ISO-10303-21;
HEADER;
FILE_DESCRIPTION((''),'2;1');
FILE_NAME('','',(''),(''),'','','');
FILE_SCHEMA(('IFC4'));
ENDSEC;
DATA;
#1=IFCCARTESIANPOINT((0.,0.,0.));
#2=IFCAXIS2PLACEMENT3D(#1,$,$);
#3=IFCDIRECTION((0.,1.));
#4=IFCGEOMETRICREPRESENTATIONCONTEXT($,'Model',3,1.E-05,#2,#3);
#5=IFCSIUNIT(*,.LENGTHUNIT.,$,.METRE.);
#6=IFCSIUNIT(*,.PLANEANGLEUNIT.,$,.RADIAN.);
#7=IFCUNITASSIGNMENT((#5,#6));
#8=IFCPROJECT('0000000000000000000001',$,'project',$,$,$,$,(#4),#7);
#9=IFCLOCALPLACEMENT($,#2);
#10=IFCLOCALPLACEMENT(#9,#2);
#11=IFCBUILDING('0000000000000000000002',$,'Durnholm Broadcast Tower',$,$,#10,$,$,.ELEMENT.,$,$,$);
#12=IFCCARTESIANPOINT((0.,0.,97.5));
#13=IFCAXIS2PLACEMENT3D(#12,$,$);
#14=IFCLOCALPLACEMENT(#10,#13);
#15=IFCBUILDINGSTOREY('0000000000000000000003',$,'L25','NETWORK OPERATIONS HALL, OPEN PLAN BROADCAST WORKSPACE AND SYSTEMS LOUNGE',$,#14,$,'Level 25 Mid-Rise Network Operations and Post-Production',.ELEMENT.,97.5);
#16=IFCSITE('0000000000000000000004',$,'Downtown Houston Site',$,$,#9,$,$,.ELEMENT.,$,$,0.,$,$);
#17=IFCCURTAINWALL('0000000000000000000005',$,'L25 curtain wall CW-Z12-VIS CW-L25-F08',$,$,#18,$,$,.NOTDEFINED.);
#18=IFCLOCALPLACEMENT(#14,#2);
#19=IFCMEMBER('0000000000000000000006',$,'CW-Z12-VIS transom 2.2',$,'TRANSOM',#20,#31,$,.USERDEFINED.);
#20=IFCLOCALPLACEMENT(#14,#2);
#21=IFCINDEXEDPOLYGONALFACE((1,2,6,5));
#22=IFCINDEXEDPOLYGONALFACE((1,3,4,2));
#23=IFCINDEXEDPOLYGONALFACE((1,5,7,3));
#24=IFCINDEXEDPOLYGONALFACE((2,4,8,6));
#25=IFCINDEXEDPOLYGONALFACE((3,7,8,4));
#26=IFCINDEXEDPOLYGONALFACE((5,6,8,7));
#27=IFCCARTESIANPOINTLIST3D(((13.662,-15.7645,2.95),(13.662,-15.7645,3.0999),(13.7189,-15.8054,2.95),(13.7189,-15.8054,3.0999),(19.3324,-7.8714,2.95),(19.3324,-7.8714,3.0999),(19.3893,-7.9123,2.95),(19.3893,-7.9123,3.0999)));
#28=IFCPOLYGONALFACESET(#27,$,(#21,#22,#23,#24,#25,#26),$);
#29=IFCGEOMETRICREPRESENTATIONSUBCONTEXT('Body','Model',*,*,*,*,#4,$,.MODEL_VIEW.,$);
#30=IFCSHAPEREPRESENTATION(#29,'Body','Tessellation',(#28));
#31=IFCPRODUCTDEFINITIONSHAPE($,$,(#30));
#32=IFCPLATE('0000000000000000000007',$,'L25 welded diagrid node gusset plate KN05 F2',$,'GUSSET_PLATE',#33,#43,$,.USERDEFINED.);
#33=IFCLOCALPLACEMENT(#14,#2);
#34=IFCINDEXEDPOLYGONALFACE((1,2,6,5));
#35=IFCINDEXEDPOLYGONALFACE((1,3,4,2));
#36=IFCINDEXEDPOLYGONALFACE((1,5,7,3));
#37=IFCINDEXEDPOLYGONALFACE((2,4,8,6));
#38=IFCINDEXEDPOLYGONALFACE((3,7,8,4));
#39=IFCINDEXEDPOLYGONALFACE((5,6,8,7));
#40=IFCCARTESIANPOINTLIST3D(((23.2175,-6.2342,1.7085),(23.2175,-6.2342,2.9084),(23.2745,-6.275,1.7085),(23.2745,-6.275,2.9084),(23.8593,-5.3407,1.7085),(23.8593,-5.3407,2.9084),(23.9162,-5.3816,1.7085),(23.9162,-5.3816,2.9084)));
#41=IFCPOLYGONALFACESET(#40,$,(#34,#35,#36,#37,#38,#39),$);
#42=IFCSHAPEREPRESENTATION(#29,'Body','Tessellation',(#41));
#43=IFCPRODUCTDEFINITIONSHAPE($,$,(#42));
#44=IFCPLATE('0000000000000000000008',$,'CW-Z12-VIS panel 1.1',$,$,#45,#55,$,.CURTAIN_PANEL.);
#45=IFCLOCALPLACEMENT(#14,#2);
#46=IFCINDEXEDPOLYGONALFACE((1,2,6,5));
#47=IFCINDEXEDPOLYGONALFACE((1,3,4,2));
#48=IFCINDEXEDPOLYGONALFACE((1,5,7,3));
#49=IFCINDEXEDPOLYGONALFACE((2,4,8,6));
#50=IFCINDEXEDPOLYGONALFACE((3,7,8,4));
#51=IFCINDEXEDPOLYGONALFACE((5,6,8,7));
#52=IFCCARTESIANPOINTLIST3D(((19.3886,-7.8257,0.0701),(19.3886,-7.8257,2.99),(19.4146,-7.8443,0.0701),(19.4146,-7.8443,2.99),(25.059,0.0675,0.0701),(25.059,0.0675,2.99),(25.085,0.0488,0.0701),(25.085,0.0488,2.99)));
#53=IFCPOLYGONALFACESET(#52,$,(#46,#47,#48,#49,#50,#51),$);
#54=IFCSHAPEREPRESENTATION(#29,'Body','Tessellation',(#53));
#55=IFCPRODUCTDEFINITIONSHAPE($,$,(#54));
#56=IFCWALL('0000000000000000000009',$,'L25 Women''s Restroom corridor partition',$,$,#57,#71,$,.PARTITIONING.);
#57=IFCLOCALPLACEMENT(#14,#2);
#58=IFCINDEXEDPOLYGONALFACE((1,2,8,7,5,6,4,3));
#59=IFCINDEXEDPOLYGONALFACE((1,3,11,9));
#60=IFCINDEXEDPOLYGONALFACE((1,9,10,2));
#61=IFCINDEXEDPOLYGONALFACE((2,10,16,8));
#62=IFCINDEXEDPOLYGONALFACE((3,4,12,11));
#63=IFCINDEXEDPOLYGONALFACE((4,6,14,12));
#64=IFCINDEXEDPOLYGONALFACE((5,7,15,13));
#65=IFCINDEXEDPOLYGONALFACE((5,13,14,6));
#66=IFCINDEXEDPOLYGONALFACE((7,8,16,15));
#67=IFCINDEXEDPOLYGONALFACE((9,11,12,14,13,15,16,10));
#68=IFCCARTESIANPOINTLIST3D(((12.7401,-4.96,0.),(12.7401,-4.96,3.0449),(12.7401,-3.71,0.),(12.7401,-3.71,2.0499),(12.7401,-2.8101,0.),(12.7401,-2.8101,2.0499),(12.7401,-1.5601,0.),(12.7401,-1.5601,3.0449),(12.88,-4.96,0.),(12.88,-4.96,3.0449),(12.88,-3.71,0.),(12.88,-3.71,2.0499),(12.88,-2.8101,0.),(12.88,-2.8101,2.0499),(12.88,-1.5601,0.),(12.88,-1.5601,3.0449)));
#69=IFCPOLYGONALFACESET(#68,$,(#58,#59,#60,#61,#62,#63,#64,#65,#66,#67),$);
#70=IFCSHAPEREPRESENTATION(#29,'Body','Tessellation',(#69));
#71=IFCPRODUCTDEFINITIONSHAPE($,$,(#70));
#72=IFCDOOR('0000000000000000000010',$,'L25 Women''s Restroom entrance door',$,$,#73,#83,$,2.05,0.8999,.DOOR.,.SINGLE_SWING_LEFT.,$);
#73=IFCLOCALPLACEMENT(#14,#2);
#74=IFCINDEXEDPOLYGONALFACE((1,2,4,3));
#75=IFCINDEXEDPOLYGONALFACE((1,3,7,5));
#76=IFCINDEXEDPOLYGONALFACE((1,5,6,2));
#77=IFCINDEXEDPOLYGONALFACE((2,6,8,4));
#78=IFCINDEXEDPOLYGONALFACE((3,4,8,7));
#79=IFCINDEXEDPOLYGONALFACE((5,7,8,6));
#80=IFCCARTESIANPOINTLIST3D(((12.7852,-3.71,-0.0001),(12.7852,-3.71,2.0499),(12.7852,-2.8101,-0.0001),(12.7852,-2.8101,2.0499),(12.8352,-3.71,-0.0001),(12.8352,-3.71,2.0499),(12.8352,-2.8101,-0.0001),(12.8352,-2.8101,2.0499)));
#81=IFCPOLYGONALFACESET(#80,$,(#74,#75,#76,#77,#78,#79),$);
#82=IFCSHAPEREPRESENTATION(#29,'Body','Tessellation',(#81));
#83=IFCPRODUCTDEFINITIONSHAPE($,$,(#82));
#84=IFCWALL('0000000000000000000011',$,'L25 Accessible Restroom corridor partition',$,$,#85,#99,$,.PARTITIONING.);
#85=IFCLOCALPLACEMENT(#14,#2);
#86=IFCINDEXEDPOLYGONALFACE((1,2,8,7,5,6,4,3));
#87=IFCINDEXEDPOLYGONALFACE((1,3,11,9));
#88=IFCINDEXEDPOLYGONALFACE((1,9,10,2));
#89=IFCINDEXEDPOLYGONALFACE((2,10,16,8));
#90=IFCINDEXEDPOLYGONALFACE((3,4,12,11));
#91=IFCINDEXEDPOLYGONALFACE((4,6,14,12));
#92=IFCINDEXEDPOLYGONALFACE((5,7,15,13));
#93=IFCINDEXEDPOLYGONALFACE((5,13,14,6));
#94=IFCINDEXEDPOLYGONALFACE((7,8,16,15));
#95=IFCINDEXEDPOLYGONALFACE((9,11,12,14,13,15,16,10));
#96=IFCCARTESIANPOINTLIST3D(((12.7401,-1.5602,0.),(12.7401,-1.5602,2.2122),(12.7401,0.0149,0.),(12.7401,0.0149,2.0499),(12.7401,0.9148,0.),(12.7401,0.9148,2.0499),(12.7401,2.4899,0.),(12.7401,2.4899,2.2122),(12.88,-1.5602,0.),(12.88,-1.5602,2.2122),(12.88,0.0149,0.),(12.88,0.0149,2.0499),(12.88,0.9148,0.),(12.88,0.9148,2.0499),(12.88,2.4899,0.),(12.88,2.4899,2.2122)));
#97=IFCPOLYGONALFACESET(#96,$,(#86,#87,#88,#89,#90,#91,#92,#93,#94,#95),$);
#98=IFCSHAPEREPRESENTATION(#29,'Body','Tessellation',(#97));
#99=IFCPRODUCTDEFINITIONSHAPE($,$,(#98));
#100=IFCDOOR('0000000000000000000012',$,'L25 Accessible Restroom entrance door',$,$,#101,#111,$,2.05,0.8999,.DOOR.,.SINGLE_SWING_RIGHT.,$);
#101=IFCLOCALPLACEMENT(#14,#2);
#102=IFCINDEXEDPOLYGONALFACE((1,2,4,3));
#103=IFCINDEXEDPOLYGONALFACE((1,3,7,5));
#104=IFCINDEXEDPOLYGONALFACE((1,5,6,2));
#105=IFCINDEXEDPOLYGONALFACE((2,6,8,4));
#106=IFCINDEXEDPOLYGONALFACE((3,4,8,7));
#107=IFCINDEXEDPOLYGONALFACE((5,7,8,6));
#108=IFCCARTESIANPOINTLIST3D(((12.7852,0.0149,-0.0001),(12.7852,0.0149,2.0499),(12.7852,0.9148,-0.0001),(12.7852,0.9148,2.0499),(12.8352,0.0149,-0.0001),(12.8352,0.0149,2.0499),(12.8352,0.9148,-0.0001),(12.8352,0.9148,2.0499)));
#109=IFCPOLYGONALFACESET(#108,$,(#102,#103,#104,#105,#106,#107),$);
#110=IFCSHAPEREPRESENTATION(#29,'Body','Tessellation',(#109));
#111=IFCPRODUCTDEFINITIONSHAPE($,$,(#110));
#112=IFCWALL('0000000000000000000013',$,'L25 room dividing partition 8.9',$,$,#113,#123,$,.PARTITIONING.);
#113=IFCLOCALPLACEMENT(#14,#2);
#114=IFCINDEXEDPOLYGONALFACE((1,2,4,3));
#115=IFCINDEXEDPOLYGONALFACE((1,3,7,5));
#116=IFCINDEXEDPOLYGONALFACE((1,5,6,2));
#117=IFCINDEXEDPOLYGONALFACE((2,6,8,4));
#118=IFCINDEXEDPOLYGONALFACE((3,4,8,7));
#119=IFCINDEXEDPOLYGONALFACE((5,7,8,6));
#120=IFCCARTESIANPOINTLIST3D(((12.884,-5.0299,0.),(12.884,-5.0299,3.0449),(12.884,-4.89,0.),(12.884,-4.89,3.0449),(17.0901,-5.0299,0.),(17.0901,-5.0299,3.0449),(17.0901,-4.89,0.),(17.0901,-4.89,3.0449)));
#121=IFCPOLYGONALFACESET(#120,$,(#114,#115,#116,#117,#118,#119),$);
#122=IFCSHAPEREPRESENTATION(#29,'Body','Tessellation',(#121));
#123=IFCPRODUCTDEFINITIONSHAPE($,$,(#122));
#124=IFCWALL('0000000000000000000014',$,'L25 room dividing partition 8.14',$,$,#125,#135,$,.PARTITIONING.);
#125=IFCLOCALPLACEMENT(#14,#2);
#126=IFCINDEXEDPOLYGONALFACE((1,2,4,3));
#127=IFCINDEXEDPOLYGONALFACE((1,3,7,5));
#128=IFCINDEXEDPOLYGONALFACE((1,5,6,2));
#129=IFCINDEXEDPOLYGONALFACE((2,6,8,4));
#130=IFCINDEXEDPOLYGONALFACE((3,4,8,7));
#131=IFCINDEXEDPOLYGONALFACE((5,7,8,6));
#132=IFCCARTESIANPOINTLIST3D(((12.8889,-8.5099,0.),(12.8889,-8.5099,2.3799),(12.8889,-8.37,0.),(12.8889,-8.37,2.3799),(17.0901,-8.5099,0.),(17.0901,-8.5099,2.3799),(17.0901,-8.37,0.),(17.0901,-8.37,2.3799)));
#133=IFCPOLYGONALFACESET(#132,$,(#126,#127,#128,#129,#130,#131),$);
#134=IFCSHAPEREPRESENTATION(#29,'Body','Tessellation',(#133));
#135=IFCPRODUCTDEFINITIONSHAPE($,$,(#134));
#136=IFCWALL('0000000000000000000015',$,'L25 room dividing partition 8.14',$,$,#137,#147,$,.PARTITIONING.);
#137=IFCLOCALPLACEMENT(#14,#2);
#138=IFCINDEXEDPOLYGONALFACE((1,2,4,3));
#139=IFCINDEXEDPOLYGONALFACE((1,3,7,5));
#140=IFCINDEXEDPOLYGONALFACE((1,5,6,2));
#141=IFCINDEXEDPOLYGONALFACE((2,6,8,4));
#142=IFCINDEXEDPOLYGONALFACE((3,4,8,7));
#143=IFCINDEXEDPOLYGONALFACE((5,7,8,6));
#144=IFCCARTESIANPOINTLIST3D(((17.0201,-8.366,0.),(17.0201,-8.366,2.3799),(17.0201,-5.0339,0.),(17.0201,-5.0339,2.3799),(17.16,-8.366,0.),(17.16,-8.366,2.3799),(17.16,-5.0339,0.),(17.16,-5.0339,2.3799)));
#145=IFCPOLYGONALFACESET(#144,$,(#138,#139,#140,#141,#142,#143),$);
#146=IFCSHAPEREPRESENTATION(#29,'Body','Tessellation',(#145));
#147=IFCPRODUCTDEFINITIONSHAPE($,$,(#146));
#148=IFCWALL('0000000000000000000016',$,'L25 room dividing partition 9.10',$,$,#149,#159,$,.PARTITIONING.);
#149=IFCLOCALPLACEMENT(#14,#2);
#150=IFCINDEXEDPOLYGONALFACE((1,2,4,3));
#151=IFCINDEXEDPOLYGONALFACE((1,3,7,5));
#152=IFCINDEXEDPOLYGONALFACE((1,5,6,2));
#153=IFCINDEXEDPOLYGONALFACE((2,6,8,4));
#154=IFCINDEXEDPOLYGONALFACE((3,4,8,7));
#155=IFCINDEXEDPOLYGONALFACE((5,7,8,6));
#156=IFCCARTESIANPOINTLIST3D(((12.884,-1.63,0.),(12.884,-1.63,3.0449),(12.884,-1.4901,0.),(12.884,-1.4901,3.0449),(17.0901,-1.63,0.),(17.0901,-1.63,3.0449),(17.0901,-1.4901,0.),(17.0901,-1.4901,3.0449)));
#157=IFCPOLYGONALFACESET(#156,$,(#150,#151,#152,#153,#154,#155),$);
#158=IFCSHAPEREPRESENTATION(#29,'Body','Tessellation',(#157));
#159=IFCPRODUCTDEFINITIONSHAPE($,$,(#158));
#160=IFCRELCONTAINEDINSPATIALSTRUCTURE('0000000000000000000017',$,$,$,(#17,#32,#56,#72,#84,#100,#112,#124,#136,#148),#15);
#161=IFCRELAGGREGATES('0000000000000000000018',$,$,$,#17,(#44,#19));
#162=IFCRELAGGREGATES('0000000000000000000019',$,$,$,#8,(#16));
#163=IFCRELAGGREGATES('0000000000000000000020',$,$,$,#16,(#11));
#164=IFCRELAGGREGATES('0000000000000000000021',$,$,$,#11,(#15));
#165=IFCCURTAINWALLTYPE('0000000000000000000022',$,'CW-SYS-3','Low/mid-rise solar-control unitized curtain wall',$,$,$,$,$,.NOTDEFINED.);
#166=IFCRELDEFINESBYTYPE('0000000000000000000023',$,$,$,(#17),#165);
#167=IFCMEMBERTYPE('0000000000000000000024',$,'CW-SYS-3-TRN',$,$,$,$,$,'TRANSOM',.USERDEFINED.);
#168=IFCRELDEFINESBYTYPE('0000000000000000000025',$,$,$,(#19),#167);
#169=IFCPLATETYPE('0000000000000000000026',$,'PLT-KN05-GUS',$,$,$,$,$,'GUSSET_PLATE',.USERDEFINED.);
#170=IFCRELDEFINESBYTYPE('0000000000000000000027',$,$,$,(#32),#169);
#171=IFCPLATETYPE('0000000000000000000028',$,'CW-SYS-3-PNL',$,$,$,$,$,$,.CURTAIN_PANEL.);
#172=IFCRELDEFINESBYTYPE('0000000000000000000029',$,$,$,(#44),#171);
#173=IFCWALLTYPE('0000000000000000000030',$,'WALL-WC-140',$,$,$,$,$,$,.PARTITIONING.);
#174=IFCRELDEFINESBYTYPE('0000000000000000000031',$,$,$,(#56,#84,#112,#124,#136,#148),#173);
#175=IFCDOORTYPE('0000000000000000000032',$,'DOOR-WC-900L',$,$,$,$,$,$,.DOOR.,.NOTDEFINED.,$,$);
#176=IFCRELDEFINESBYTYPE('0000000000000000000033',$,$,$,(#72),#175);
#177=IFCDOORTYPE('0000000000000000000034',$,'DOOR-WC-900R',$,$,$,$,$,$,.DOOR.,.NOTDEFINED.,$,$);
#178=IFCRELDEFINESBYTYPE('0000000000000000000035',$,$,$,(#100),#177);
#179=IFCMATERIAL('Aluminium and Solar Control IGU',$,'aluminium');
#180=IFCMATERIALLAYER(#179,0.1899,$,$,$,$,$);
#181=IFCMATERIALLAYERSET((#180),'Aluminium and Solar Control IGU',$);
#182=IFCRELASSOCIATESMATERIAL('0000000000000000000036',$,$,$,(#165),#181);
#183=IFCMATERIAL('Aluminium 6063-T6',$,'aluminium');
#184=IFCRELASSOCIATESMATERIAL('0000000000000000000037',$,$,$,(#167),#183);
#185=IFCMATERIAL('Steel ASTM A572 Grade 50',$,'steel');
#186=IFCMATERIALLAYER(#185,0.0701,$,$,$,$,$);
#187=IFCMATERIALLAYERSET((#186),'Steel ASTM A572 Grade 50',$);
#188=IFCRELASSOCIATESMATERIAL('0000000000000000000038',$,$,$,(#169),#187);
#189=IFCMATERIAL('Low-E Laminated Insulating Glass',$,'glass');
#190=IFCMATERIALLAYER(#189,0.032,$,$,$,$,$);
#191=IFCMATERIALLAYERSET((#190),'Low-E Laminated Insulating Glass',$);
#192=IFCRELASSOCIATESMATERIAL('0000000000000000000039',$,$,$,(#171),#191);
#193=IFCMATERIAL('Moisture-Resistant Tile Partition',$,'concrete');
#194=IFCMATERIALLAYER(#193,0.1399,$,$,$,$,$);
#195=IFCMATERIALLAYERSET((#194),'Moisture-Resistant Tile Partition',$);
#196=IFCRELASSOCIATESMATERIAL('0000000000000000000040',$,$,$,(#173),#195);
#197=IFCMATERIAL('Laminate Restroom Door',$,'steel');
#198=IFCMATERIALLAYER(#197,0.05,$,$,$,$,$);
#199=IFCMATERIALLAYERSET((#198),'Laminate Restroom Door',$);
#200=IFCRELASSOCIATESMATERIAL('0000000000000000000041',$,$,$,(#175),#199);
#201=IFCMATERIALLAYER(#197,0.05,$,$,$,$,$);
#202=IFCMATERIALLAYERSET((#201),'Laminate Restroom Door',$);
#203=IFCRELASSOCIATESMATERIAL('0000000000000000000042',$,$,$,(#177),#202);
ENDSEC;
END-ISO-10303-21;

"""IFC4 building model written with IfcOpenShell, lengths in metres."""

from ifc_helpers import new_model, si_unit, direction, frame, frame_2d, origin, origin_2d, place, context, subcontext, project, spatial, rectangle, extrude, source, transform, mapped, material, layer, layer_set, material_profile, profile_set, type_object, type_shapes, element, fill, aggregate, save


model = new_model("IFC4")

# Units and contexts
model_context = context("Model", 3, precision=1e-05, world=origin(), true_north=direction((0.0, 1.0)))
body_context = subcontext(model_context, "Body", "Model", "MODEL_VIEW")
ifc_project = project(units=[si_unit("LENGTHUNIT", "METRE"), si_unit("PLANEANGLEUNIT", "RADIAN")], contexts=[model_context])

# Site, building, storey
site_placement = place(None, origin())
site = spatial("IfcSite", under=ifc_project, at=site_placement, Name="Downtown Houston Site", CompositionType="ELEMENT", RefElevation=0.0)
building_placement = place(site_placement, origin())
building = spatial("IfcBuilding", under=site, at=building_placement, Name="Durnholm Broadcast Tower", CompositionType="ELEMENT")
storey_placement = place(building_placement, frame((0.0, 0.0, 97.5)))
storey = spatial("IfcBuildingStorey", under=building, at=storey_placement, Name="L25", Description="NETWORK OPERATIONS HALL, OPEN PLAN BROADCAST WORKSPACE AND SYSTEMS LOUNGE", LongName="Level 25 Mid-Rise Network Operations and Post-Production", CompositionType="ELEMENT", Elevation=97.5)

# Shared definitions
ifc_material_1 = material(Name="Aluminium and Solar Control IGU", Category="aluminium")
ifc_material_2 = material(Name="Aluminium 6063-T6", Category="aluminium")

# Curtain wall, member
ifc_layer_1 = layer(ifc_material_1, 0.1899)
ifc_layer_set_1 = layer_set([ifc_layer_1], Name="Aluminium and Solar Control IGU")
curtain_wall_type_1 = type_object("IfcCurtainWallType", Name="CW-SYS-3", Description="Low/mid-rise solar-control unitized curtain wall", PredefinedType="NOTDEFINED", material=ifc_layer_set_1)
curtain_wall_1_placement = place(storey_placement, origin())
curtain_wall_1 = element("IfcCurtainWall", 1, at=curtain_wall_1_placement, inside=storey, type_object=curtain_wall_type_1, Name="L25 curtain wall CW-Z12-VIS CW-L25-F08", PredefinedType="NOTDEFINED")
ifc_material_profile_1 = material_profile(ifc_material_2, rectangle(XDim=0.0701, YDim=0.1499, at=origin_2d()), Name="CWT70X150")
ifc_profile_set_1 = profile_set([ifc_material_profile_1], Name="Aluminium 6063-T6")
member_type_1 = type_object("IfcMemberType", Name="CW-SYS-3-TRN", ElementType="TRANSOM", PredefinedType="USERDEFINED", material=ifc_profile_set_1)
shared_shape_1 = source(origin(), body_context, "Body", "SweptSolid", [
    extrude(rectangle(XDim=0.0701, YDim=0.1499, at=origin_2d()), origin(), (0.0, 0.0, 1.0), 9.7188),
])
type_shapes(member_type_1, [shared_shape_1])
member_1_placement = place(storey_placement, frame((19.3608, -7.8918, 3.0249), z_axis=(-0.583451, -0.812149, 0.0), x_axis=(0.812149, -0.583451, 0.0)))
member_1 = element("IfcMember", 2, at=member_1_placement, type_object=member_type_1, Name="CW-Z12-VIS transom 2.2", ObjectType="TRANSOM", PredefinedType="USERDEFINED", context=body_context, shape_type="MappedRepresentation", body=[
    mapped(shared_shape_1, transform((0.0, 0.0, 0.0), x_axis=(1.0, 0.0, 0.0), y_axis=(0.0, 1.0, 0.0), z_axis=(0.0, 0.0, 1.0), scale=1.0)),
])

# Plates
ifc_material_3 = material(Name="Steel ASTM A572 Grade 50", Category="steel")
ifc_layer_2 = layer(ifc_material_3, 0.0701)
ifc_layer_set_2 = layer_set([ifc_layer_2], Name="Steel ASTM A572 Grade 50")
plate_type_1 = type_object("IfcPlateType", Name="PLT-KN05-GUS", ElementType="GUSSET_PLATE", PredefinedType="USERDEFINED", material=ifc_layer_set_2)
shared_shape_2 = source(origin(), body_context, "Body", "SweptSolid", [
    extrude(rectangle(XDim=1.1001, YDim=0.0701, at=origin_2d()), origin(), (0.0, 0.0, 1.0), 1.2),
])
type_shapes(plate_type_1, [shared_shape_2])
plate_1_placement = place(storey_placement, frame((23.5669, -5.8079, 1.7085), z_axis=(0.0, 0.0, 1.0), x_axis=(0.583399, 0.812185, 0.0)))
element("IfcPlate", 3, at=plate_1_placement, inside=storey, type_object=plate_type_1, Name="L25 welded diagrid node gusset plate KN05 F2", ObjectType="GUSSET_PLATE", PredefinedType="USERDEFINED", context=body_context, shape_type="MappedRepresentation", body=[
    mapped(shared_shape_2, transform((0.0, 0.0, 0.0), x_axis=(1.0, 0.0, 0.0), y_axis=(0.0, 1.0, 0.0), z_axis=(0.0, 0.0, 1.0), scale=1.0)),
])
ifc_material_4 = material(Name="Low-E Laminated Insulating Glass", Category="glass")
ifc_layer_3 = layer(ifc_material_4, 0.032)
ifc_layer_set_3 = layer_set([ifc_layer_3], Name="Low-E Laminated Insulating Glass")
plate_type_2 = type_object("IfcPlateType", Name="CW-SYS-3-PNL", PredefinedType="CURTAIN_PANEL", material=ifc_layer_set_3)
shared_shape_3 = source(origin(), body_context, "Body", "SweptSolid", [
    extrude(rectangle(XDim=9.7188, YDim=0.032, at=origin_2d()), origin(), (0.0, 0.0, 1.0), 2.9199),
])
type_shapes(plate_type_2, [shared_shape_3])
plate_2_placement = place(storey_placement, frame((22.2368, -3.8884, 0.0701), z_axis=(0.0, 0.0, 1.0), x_axis=(-0.583445, -0.812152, 0.0)))
plate_2 = element("IfcPlate", 4, at=plate_2_placement, type_object=plate_type_2, Name="CW-Z12-VIS panel 1.1", PredefinedType="CURTAIN_PANEL", context=body_context, shape_type="MappedRepresentation", body=[
    mapped(shared_shape_3, transform((0.0, 0.0, 0.0), x_axis=(1.0, 0.0, 0.0), y_axis=(0.0, 1.0, 0.0), z_axis=(0.0, 0.0, 1.0), scale=1.0)),
])
aggregate(curtain_wall_1, [plate_2, member_1])

# Walls, openings, doors
ifc_material_5 = material(Name="Moisture-Resistant Tile Partition", Category="concrete")
ifc_layer_4 = layer(ifc_material_5, 0.1399)
ifc_layer_set_4 = layer_set([ifc_layer_4], Name="Moisture-Resistant Tile Partition")
wall_type = type_object("IfcWallType", Name="WALL-WC-140", PredefinedType="PARTITIONING", material=ifc_layer_set_4)
wall_1_placement = place(storey_placement, frame((12.8101, -4.96, 0.0), z_axis=(0.0, 0.0, 1.0), x_axis=(0.0, 1.0, 0.0)))
wall_1 = element("IfcWall", 5, at=wall_1_placement, inside=storey, type_object=wall_type, Name="L25 Women's Restroom corridor partition", PredefinedType="PARTITIONING", context=body_context, shape_type="SweptSolid", body=[
    extrude(rectangle(XDim=3.3999, YDim=0.1399, at=frame_2d((1.7, 0.0))), origin(), (0.0, 0.0, 1.0), 3.0449),
])
opening_1_placement = place(wall_1_placement, frame((1.25, 0.0, 0.0)))
opening_1 = element("IfcOpeningElement", 6, at=opening_1_placement, cuts=wall_1, PredefinedType="OPENING", context=body_context, shape_type="SweptSolid", body=[
    extrude(rectangle(XDim=0.8999, YDim=2.05, at=frame_2d((0.45, 1.0249))), frame((0.0, 0.0801, 0.0), z_axis=(0.0, -1.0, 0.0), x_axis=(1.0, 0.0, 0.0)), (0.0, 0.0, 1.0), 0.1599),
])
ifc_material_6 = material(Name="Laminate Restroom Door", Category="steel")
ifc_layer_5 = layer(ifc_material_6, 0.05)
ifc_layer_set_5 = layer_set([ifc_layer_5], Name="Laminate Restroom Door")
door_type_1 = type_object("IfcDoorType", Name="DOOR-WC-900L", OperationType="NOTDEFINED", PredefinedType="DOOR", material=ifc_layer_set_5)
shared_shape_4 = source(origin(), body_context, "Body", "SweptSolid", [
    extrude(rectangle(XDim=0.8999, YDim=2.05, at=frame_2d((0.45, 1.0249))), frame((0.0, 0.0249, 0.0), z_axis=(0.0, -1.0, 0.0), x_axis=(1.0, 0.0, 0.0)), (0.0, 0.0, 1.0), 0.05),
])
type_shapes(door_type_1, [shared_shape_4])
door_1_placement = place(opening_1_placement, origin())
door_1 = element("IfcDoor", 7, at=door_1_placement, inside=storey, type_object=door_type_1, Name="L25 Women's Restroom entrance door", OperationType="SINGLE_SWING_LEFT", OverallHeight=2.05, OverallWidth=0.8999, PredefinedType="DOOR", context=body_context, shape_type="MappedRepresentation", body=[
    mapped(shared_shape_4, transform((0.0, 0.0, 0.0), x_axis=(1.0, 0.0, 0.0), y_axis=(0.0, 1.0, 0.0), z_axis=(0.0, 0.0, 1.0), scale=1.0)),
])
fill(opening_1, door_1)
wall_2_placement = place(storey_placement, frame((12.8101, -1.5601, 0.0), z_axis=(0.0, 0.0, 1.0), x_axis=(0.0, 1.0, 0.0)))
wall_2 = element("IfcWall", 8, at=wall_2_placement, inside=storey, type_object=wall_type, Name="L25 Accessible Restroom corridor partition", PredefinedType="PARTITIONING", context=body_context, shape_type="SweptSolid", body=[
    extrude(rectangle(XDim=4.05, YDim=0.1399, at=frame_2d((2.0249, 0.0))), origin(), (0.0, 0.0, 1.0), 2.2122),
])
opening_2_placement = place(wall_2_placement, frame((1.575, 0.0, 0.0)))
opening_2 = element("IfcOpeningElement", 9, at=opening_2_placement, cuts=wall_2, PredefinedType="OPENING", context=body_context, shape_type="SweptSolid", body=[
    extrude(rectangle(XDim=0.8999, YDim=2.05, at=frame_2d((0.45, 1.0249))), frame((0.0, 0.0801, 0.0), z_axis=(0.0, -1.0, 0.0), x_axis=(1.0, 0.0, 0.0)), (0.0, 0.0, 1.0), 0.1599),
])
ifc_layer_6 = layer(ifc_material_6, 0.05)
ifc_layer_set_6 = layer_set([ifc_layer_6], Name="Laminate Restroom Door")
door_type_2 = type_object("IfcDoorType", Name="DOOR-WC-900R", OperationType="NOTDEFINED", PredefinedType="DOOR", material=ifc_layer_set_6)
shared_shape_5 = source(origin(), body_context, "Body", "SweptSolid", [
    extrude(rectangle(XDim=0.8999, YDim=2.05, at=frame_2d((0.45, 1.0249))), frame((0.0, 0.0249, 0.0), z_axis=(0.0, -1.0, 0.0), x_axis=(1.0, 0.0, 0.0)), (0.0, 0.0, 1.0), 0.05),
])
type_shapes(door_type_2, [shared_shape_5])
door_2_placement = place(opening_2_placement, origin())
door_2 = element("IfcDoor", 10, at=door_2_placement, inside=storey, type_object=door_type_2, Name="L25 Accessible Restroom entrance door", OperationType="SINGLE_SWING_RIGHT", OverallHeight=2.05, OverallWidth=0.8999, PredefinedType="DOOR", context=body_context, shape_type="MappedRepresentation", body=[
    mapped(shared_shape_5, transform((0.0, 0.0, 0.0), x_axis=(1.0, 0.0, 0.0), y_axis=(0.0, 1.0, 0.0), z_axis=(0.0, 0.0, 1.0), scale=1.0)),
])
fill(opening_2, door_2)

# Walls
wall_3_placement = place(storey_placement, frame((12.884, -4.96, 0.0), z_axis=(0.0, 0.0, 1.0), x_axis=(1.0, 0.0, 0.0)))
element("IfcWall", 11, at=wall_3_placement, inside=storey, type_object=wall_type, Name="L25 room dividing partition 8.9", PredefinedType="PARTITIONING", context=body_context, shape_type="SweptSolid", body=[
    extrude(rectangle(XDim=4.2061, YDim=0.1399, at=frame_2d((2.103, 0.0))), origin(), (0.0, 0.0, 1.0), 3.0449),
])
wall_4_placement = place(storey_placement, frame((17.0901, -8.4399, 0.0), z_axis=(0.0, 0.0, 1.0), x_axis=(-1.0, 0.0, 0.0)))
element("IfcWall", 12, at=wall_4_placement, inside=storey, type_object=wall_type, Name="L25 room dividing partition 8.14", PredefinedType="PARTITIONING", context=body_context, shape_type="SweptSolid", body=[
    extrude(rectangle(XDim=4.2012, YDim=0.1399, at=frame_2d((2.1006, 0.0))), origin(), (0.0, 0.0, 1.0), 2.3799),
])
wall_5_placement = place(storey_placement, frame((17.0901, -5.0339, 0.0), z_axis=(0.0, 0.0, 1.0), x_axis=(0.0, -1.0, 0.0)))
element("IfcWall", 13, at=wall_5_placement, inside=storey, type_object=wall_type, Name="L25 room dividing partition 8.14", PredefinedType="PARTITIONING", context=body_context, shape_type="SweptSolid", body=[
    extrude(rectangle(XDim=3.332, YDim=0.1399, at=frame_2d((1.666, 0.0))), origin(), (0.0, 0.0, 1.0), 2.3799),
])
wall_6_placement = place(storey_placement, frame((12.884, -1.5601, 0.0), z_axis=(0.0, 0.0, 1.0), x_axis=(1.0, 0.0, 0.0)))
element("IfcWall", 14, at=wall_6_placement, inside=storey, type_object=wall_type, Name="L25 room dividing partition 9.10", PredefinedType="PARTITIONING", context=body_context, shape_type="SweptSolid", body=[
    extrude(rectangle(XDim=4.2061, YDim=0.1399, at=frame_2d((2.103, 0.0))), origin(), (0.0, 0.0, 1.0), 3.0449),
])

save(model, "model.ifc")
